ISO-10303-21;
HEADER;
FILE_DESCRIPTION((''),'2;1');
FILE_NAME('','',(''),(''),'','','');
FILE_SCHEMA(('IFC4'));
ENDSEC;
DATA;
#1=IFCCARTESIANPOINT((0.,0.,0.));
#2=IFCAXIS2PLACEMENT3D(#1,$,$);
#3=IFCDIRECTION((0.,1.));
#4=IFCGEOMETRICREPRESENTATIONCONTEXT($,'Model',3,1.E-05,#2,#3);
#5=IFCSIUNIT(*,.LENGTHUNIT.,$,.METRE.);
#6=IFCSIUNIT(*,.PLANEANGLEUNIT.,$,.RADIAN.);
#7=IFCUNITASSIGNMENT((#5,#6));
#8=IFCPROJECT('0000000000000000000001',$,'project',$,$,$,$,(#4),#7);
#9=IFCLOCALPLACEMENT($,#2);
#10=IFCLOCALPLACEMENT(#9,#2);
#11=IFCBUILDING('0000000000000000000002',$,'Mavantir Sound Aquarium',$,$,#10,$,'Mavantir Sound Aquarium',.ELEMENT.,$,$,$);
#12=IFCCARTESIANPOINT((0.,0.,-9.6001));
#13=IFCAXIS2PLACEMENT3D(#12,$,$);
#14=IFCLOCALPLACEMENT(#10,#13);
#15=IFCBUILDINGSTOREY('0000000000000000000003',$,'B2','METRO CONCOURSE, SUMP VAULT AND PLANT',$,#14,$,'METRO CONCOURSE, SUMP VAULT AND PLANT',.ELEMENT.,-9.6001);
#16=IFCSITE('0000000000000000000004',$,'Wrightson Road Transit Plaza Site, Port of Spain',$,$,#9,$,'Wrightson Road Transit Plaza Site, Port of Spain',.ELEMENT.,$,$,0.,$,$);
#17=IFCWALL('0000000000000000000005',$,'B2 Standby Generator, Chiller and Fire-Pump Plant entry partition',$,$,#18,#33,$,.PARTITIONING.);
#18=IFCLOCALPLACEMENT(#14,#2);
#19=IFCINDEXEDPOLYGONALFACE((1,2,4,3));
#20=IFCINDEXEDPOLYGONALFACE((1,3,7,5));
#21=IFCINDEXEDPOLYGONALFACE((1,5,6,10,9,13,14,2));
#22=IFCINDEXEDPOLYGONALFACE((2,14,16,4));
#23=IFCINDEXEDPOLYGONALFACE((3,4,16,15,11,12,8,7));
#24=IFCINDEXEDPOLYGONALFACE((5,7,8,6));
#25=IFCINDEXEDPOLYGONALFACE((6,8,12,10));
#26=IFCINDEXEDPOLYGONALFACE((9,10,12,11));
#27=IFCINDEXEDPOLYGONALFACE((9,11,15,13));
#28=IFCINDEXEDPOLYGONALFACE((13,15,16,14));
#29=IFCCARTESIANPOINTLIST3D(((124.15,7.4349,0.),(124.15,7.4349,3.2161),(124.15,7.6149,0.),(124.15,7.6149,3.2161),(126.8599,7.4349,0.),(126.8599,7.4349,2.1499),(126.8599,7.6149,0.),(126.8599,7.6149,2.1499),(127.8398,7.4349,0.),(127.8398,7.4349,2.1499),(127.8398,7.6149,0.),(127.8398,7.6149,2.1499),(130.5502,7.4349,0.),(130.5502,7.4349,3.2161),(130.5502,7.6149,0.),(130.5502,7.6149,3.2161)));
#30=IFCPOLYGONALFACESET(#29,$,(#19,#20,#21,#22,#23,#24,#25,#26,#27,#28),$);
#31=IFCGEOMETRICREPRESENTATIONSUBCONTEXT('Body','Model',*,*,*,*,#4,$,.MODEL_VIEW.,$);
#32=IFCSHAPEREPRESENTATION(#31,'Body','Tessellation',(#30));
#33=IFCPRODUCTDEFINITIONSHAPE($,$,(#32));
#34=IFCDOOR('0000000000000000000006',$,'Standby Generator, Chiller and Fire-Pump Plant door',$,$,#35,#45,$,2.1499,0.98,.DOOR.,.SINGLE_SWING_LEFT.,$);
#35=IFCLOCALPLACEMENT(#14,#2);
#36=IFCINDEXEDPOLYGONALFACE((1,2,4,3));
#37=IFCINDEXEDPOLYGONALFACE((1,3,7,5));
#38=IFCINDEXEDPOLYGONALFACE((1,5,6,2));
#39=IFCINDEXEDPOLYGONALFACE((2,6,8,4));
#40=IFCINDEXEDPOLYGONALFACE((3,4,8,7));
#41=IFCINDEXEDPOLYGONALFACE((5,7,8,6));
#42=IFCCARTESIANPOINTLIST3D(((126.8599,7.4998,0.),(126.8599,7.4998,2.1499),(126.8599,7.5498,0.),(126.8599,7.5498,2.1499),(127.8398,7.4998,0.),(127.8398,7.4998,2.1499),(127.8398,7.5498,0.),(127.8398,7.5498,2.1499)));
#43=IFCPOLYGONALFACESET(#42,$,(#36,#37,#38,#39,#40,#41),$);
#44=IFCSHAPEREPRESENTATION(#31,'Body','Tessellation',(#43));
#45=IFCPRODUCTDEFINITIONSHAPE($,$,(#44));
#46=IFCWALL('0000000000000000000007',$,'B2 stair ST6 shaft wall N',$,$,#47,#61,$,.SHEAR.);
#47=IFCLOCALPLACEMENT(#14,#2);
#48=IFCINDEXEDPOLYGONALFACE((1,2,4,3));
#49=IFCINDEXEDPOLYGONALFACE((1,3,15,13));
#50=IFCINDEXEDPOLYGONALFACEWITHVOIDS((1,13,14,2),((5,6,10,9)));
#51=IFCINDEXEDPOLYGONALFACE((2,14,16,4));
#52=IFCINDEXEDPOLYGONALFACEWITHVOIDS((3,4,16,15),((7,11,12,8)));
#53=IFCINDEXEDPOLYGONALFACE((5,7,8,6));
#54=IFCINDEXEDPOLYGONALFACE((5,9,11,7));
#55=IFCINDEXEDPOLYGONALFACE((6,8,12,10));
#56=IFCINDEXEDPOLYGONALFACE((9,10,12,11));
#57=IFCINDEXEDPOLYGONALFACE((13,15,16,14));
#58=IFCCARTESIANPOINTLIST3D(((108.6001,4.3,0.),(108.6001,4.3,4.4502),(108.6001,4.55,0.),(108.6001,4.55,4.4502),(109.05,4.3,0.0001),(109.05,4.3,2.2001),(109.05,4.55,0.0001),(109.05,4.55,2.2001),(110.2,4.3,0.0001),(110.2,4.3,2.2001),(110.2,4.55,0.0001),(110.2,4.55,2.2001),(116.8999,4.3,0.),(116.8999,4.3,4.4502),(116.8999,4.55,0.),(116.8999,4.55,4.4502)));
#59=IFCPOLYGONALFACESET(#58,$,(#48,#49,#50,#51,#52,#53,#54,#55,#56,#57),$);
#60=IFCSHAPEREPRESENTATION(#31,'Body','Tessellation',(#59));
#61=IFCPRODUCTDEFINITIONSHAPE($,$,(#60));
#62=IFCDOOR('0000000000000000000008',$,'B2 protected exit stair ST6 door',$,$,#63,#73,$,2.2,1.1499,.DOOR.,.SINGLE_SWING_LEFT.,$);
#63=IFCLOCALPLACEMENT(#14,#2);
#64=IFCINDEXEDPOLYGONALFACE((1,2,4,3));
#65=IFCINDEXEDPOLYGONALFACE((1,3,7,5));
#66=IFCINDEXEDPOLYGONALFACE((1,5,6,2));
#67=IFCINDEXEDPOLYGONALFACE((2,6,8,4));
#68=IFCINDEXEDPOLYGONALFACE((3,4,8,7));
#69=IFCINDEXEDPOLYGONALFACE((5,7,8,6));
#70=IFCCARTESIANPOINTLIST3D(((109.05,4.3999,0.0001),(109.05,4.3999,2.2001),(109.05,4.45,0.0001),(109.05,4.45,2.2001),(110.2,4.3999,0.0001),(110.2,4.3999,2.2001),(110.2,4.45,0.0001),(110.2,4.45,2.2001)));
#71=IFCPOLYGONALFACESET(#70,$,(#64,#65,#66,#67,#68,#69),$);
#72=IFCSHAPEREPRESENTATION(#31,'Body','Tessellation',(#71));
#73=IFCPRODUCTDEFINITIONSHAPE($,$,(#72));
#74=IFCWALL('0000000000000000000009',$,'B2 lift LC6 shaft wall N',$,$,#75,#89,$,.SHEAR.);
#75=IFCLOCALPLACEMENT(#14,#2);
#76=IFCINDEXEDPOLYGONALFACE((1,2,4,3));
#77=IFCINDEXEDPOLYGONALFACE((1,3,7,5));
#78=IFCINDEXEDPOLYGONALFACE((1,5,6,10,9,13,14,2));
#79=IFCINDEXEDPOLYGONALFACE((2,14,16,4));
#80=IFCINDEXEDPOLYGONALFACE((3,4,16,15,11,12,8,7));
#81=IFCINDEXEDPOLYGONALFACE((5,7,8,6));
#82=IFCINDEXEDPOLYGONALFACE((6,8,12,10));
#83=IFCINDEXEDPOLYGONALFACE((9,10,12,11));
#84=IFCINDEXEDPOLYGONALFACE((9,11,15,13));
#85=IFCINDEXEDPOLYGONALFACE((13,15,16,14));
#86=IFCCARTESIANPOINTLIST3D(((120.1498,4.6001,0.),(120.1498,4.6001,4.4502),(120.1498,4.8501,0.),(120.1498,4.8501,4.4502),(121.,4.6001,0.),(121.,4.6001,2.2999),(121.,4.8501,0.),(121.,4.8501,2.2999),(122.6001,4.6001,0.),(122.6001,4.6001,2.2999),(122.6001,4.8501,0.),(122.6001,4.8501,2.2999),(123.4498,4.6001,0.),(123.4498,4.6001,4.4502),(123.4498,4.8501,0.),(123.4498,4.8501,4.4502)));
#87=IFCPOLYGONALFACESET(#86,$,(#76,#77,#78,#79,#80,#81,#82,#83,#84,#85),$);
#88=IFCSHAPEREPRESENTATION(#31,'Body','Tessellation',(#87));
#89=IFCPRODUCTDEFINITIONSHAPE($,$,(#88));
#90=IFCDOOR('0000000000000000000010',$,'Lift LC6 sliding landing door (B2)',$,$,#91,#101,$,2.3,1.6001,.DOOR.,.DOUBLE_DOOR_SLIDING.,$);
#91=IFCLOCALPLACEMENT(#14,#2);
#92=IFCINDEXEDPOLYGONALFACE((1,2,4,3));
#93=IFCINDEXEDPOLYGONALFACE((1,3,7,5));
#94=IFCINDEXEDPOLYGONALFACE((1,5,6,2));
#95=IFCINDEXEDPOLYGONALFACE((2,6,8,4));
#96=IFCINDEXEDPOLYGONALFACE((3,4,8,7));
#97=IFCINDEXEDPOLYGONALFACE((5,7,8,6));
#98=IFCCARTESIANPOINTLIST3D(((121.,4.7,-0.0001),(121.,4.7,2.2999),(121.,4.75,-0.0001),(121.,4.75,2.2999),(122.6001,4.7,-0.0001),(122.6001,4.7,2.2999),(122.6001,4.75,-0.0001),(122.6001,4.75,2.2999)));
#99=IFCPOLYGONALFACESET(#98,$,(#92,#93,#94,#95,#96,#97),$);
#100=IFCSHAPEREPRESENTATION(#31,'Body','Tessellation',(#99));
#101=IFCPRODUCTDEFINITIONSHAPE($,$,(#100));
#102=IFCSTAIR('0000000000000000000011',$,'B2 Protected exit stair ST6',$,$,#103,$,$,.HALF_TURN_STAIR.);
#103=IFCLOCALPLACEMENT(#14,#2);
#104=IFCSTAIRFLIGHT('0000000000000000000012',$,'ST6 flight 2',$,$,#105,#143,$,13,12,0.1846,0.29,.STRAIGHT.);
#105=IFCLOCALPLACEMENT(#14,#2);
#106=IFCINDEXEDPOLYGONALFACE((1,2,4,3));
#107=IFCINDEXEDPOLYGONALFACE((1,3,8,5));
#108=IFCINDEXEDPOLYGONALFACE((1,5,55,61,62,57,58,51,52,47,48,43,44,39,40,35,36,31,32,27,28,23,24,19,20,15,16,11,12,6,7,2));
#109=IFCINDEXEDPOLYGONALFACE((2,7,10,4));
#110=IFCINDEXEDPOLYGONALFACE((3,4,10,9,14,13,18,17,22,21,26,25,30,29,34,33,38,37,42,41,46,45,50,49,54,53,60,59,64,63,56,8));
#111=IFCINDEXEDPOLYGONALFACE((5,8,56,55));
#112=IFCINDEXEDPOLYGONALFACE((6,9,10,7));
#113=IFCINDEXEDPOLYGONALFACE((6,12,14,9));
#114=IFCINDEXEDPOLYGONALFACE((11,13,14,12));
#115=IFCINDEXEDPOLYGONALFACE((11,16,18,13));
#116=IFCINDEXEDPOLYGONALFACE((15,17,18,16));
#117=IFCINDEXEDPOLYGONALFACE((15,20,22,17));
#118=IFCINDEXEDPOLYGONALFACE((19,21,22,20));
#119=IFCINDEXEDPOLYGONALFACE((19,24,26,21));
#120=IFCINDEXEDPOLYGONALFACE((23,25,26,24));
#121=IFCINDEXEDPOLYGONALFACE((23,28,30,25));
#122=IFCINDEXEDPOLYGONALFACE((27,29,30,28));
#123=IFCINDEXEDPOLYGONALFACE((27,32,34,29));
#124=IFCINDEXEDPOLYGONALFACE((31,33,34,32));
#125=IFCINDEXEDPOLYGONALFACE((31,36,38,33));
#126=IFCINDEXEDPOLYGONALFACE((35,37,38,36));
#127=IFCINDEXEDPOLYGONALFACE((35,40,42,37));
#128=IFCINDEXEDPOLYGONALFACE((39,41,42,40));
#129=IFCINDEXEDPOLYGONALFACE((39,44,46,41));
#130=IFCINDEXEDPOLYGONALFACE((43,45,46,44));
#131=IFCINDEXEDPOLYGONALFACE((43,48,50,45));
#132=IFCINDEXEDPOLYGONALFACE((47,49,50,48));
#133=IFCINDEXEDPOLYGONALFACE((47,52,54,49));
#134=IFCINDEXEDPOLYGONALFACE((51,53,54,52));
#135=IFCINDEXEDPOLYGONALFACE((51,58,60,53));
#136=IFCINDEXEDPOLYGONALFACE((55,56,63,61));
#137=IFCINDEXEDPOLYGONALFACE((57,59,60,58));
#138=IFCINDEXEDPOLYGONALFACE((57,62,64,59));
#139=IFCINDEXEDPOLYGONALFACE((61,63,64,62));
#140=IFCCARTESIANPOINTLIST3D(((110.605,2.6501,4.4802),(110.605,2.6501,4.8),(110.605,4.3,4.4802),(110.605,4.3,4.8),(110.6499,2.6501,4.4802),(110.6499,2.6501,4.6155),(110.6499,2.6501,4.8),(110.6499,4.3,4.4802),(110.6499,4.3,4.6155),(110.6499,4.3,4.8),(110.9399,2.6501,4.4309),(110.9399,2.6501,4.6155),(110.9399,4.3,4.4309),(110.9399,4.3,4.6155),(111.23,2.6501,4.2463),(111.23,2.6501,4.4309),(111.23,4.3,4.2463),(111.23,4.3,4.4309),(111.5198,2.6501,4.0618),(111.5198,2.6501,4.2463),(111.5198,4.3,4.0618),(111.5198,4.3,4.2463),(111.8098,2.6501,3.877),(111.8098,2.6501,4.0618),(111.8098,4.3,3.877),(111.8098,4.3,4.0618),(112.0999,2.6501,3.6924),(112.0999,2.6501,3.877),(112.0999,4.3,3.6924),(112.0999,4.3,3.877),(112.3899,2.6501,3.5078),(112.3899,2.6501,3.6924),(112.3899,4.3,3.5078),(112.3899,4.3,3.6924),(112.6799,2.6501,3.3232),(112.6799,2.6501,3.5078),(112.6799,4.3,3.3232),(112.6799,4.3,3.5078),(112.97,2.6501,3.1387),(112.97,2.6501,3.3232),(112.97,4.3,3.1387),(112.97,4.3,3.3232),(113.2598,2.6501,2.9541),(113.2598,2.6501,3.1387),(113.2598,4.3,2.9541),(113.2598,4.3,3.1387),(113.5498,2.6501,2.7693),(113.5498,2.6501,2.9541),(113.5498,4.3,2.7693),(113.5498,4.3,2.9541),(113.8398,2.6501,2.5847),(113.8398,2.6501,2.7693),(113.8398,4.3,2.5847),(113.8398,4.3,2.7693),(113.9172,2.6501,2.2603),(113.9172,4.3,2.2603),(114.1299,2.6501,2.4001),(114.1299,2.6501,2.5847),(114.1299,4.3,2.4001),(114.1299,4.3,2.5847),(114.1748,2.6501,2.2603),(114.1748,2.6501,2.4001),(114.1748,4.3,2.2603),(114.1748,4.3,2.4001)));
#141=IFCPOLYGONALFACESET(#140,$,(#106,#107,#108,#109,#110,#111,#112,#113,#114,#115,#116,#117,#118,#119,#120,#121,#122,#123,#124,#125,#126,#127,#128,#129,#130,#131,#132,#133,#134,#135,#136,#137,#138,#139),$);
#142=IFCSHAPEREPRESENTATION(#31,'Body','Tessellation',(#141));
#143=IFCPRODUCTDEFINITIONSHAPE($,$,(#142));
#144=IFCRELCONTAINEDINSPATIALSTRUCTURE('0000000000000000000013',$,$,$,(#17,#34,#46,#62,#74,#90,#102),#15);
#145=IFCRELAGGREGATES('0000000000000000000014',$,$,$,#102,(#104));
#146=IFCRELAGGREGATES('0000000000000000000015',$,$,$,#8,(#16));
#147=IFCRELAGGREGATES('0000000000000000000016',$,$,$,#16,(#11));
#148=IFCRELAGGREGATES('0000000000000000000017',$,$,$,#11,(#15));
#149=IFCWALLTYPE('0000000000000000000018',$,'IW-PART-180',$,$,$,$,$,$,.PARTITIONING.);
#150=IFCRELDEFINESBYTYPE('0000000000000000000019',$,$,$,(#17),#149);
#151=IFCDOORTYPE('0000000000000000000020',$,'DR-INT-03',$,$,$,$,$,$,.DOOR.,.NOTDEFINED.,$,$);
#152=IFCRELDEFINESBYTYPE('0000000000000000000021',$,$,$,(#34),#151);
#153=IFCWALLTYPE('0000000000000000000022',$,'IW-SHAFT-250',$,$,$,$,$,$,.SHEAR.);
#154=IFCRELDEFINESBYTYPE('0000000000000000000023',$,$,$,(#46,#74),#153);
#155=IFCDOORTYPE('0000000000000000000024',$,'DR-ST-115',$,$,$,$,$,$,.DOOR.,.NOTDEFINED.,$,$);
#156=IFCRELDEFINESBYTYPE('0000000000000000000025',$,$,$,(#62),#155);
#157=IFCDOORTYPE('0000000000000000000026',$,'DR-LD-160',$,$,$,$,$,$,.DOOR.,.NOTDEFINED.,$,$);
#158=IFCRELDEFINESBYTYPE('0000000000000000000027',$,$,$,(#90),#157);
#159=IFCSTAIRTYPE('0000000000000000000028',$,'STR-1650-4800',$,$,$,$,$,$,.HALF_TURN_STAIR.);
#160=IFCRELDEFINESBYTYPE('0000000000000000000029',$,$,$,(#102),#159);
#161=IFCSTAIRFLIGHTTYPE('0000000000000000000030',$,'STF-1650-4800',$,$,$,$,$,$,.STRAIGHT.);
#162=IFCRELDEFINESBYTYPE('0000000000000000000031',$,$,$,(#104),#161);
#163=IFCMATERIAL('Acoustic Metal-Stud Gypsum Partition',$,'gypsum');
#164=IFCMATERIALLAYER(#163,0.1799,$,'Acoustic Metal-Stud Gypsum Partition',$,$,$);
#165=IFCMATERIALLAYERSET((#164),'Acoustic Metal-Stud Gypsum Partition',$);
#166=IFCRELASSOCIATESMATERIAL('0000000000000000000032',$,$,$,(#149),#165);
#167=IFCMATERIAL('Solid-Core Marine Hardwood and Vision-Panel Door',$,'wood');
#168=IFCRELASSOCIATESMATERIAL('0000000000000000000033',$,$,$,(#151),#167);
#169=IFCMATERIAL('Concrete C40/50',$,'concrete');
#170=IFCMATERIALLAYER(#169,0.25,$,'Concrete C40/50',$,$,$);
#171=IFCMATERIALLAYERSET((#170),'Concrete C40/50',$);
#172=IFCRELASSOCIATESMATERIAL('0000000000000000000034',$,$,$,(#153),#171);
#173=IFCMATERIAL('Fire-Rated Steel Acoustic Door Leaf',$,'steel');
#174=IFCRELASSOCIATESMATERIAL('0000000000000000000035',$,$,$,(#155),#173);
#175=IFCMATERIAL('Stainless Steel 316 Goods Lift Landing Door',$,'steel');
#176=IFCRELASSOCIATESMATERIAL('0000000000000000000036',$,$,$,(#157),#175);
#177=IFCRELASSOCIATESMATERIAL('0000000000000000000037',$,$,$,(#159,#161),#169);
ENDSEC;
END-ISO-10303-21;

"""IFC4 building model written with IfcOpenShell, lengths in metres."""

from ifc_helpers import new_model, si_unit, direction, frame, frame_2d, origin, place, context, subcontext, project, spatial, polyline, rectangle, outline, extrude, material, layer, layer_set, type_object, element, fill, aggregate, save


model = new_model("IFC4")

# Units and contexts
model_context = context("Model", 3, precision=1e-05, world=origin(), true_north=direction((0.0, 1.0)))
body_context = subcontext(model_context, "Body", "Model", "MODEL_VIEW")
ifc_project = project(units=[si_unit("LENGTHUNIT", "METRE"), si_unit("PLANEANGLEUNIT", "RADIAN")], contexts=[model_context])

# Site, building, storey
site_placement = place(None, origin())
site = spatial("IfcSite", under=ifc_project, at=site_placement, Name="Wrightson Road Transit Plaza Site, Port of Spain", LongName="Wrightson Road Transit Plaza Site, Port of Spain", CompositionType="ELEMENT", RefElevation=0.0)
building_placement = place(site_placement, origin())
building = spatial("IfcBuilding", under=site, at=building_placement, Name="Mavantir Sound Aquarium", LongName="Mavantir Sound Aquarium", CompositionType="ELEMENT")
storey_placement = place(building_placement, frame((0.0, 0.0, -9.6001)))
storey = spatial("IfcBuildingStorey", under=building, at=storey_placement, Name="B2", Description="METRO CONCOURSE, SUMP VAULT AND PLANT", LongName="METRO CONCOURSE, SUMP VAULT AND PLANT", CompositionType="ELEMENT", Elevation=-9.6001)

# Shared definitions
ifc_material_1 = material(Name="Concrete C40/50", Category="concrete")

# Walls, openings, doors
ifc_material_2 = material(Name="Solid-Core Marine Hardwood and Vision-Panel Door", Category="wood")
ifc_material_3 = material(Name="Acoustic Metal-Stud Gypsum Partition", Category="gypsum")
ifc_layer_1 = layer(ifc_material_3, 0.1799, Name="Acoustic Metal-Stud Gypsum Partition")
ifc_layer_set_1 = layer_set([ifc_layer_1], Name="Acoustic Metal-Stud Gypsum Partition")
wall_type_1 = type_object("IfcWallType", Name="IW-PART-180", PredefinedType="PARTITIONING", material=ifc_layer_set_1)
wall_1_placement = place(storey_placement, frame((124.1499, 7.5249, 0.0), z_axis=(0.0, 0.0, 1.0), x_axis=(1.0, 0.0, 0.0)))
wall_1 = element("IfcWall", 1, at=wall_1_placement, inside=storey, type_object=wall_type_1, Name="B2 Standby Generator, Chiller and Fire-Pump Plant entry partition", PredefinedType="PARTITIONING", context=body_context, shape_type="SweptSolid", body=[
    extrude(rectangle(XDim=6.4001, YDim=0.1799, at=frame_2d((3.2002, 0.0))), origin(), (0.0, 0.0, 1.0), 3.2161),
])
opening_1_placement = place(wall_1_placement, frame((2.71, 0.0, 0.0)))
opening_1 = element("IfcOpeningElement", 2, at=opening_1_placement, cuts=wall_1, PredefinedType="OPENING", context=body_context, shape_type="SweptSolid", body=[
    extrude(rectangle(XDim=0.98, YDim=2.1499, at=frame_2d((0.49, 1.075))), frame((0.0, 0.1001, 0.0), z_axis=(0.0, -1.0, 0.0), x_axis=(1.0, 0.0, 0.0)), (0.0, 0.0, 1.0), 0.2),
])
door_type_1 = type_object("IfcDoorType", Name="DR-INT-03", OperationType="NOTDEFINED", PredefinedType="DOOR", material=ifc_material_2)
door_1_placement = place(opening_1_placement, origin())
door_1 = element("IfcDoor", 3, at=door_1_placement, inside=storey, type_object=door_type_1, Name="Standby Generator, Chiller and Fire-Pump Plant door", OperationType="SINGLE_SWING_LEFT", OverallHeight=2.1499, OverallWidth=0.98, PredefinedType="DOOR", context=body_context, shape_type="SweptSolid", body=[
    extrude(rectangle(XDim=0.98, YDim=2.1499, at=frame_2d((0.49, 1.075))), frame((0.0, 0.0249, 0.0), z_axis=(0.0, -1.0, 0.0), x_axis=(1.0, 0.0, 0.0)), (0.0, 0.0, 1.0), 0.05),
])
fill(opening_1, door_1)
ifc_layer_2 = layer(ifc_material_1, 0.25, Name="Concrete C40/50")
ifc_layer_set_2 = layer_set([ifc_layer_2], Name="Concrete C40/50")
wall_type_2 = type_object("IfcWallType", Name="IW-SHAFT-250", PredefinedType="SHEAR", material=ifc_layer_set_2)
wall_2_placement = place(storey_placement, frame((116.8999, 4.425, 0.0), z_axis=(0.0, 0.0, 1.0), x_axis=(-1.0, 0.0, 0.0)))
wall_2 = element("IfcWall", 4, at=wall_2_placement, inside=storey, type_object=wall_type_2, Name="B2 stair ST6 shaft wall N", PredefinedType="SHEAR", context=body_context, shape_type="SweptSolid", body=[
    extrude(rectangle(XDim=8.2998, YDim=0.25, at=frame_2d((4.1499, 0.0))), origin(), (0.0, 0.0, 1.0), 4.4502),
])
opening_2_placement = place(wall_2_placement, frame((7.8499, 0.0, 0.0), z_axis=(0.0, 0.0, 1.0), x_axis=(-1.0, 0.0, 0.0)))
opening_2 = element("IfcOpeningElement", 5, at=opening_2_placement, cuts=wall_2, PredefinedType="OPENING", context=body_context, shape_type="SweptSolid", body=[
    extrude(rectangle(XDim=1.1499, YDim=2.2, at=frame_2d((0.575, 1.1001))), frame((0.0, 0.135, 0.0), z_axis=(0.0, -1.0, 0.0), x_axis=(1.0, 0.0, 0.0)), (0.0, 0.0, 1.0), 0.27),
])
ifc_material_4 = material(Name="Fire-Rated Steel Acoustic Door Leaf", Category="steel")
door_type_2 = type_object("IfcDoorType", Name="DR-ST-115", OperationType="NOTDEFINED", PredefinedType="DOOR", material=ifc_material_4)
door_2_placement = place(opening_2_placement, origin())
door_2 = element("IfcDoor", 6, at=door_2_placement, inside=storey, type_object=door_type_2, Name="B2 protected exit stair ST6 door", OperationType="SINGLE_SWING_LEFT", OverallHeight=2.2, OverallWidth=1.1499, PredefinedType="DOOR", context=body_context, shape_type="SweptSolid", body=[
    extrude(rectangle(XDim=1.1499, YDim=2.2, at=frame_2d((0.575, 1.1001))), frame((0.0, 0.0249, 0.0), z_axis=(0.0, -1.0, 0.0), x_axis=(1.0, 0.0, 0.0)), (0.0, 0.0, 1.0), 0.05),
])
fill(opening_2, door_2)
wall_3_placement = place(storey_placement, frame((120.1499, 4.7251, 0.0), z_axis=(0.0, 0.0, 1.0), x_axis=(1.0, 0.0, 0.0)))
wall_3 = element("IfcWall", 7, at=wall_3_placement, inside=storey, type_object=wall_type_2, Name="B2 lift LC6 shaft wall N", PredefinedType="SHEAR", context=body_context, shape_type="SweptSolid", body=[
    extrude(rectangle(XDim=3.3, YDim=0.25, at=frame_2d((1.6499, 0.0))), origin(), (0.0, 0.0, 1.0), 4.4502),
])
opening_3_placement = place(wall_3_placement, frame((0.8501, 0.0, 0.0)))
opening_3 = element("IfcOpeningElement", 8, at=opening_3_placement, cuts=wall_3, PredefinedType="OPENING", context=body_context, shape_type="SweptSolid", body=[
    extrude(rectangle(XDim=1.6001, YDim=2.3, at=frame_2d((0.8, 1.1499))), frame((0.0, 0.135, 0.0), z_axis=(0.0, -1.0, 0.0), x_axis=(1.0, 0.0, 0.0)), (0.0, 0.0, 1.0), 0.27),
])
ifc_material_5 = material(Name="Stainless Steel 316 Goods Lift Landing Door", Category="steel")
door_type_3 = type_object("IfcDoorType", Name="DR-LD-160", OperationType="NOTDEFINED", PredefinedType="DOOR", material=ifc_material_5)
door_3_placement = place(opening_3_placement, origin())
door_3 = element("IfcDoor", 9, at=door_3_placement, inside=storey, type_object=door_type_3, Name="Lift LC6 sliding landing door (B2)", OperationType="DOUBLE_DOOR_SLIDING", OverallHeight=2.3, OverallWidth=1.6001, PredefinedType="DOOR", context=body_context, shape_type="SweptSolid", body=[
    extrude(rectangle(XDim=1.6001, YDim=2.3, at=frame_2d((0.8, 1.1499))), frame((0.0, 0.0249, 0.0), z_axis=(0.0, -1.0, 0.0), x_axis=(1.0, 0.0, 0.0)), (0.0, 0.0, 1.0), 0.05),
])
fill(opening_3, door_3)

# Stair, stair flight
stair_type = type_object("IfcStairType", Name="STR-1650-4800", PredefinedType="HALF_TURN_STAIR", material=ifc_material_1)
stair_placement = place(storey_placement, origin())
stair = element("IfcStair", 10, at=stair_placement, inside=storey, type_object=stair_type, Name="B2 Protected exit stair ST6", PredefinedType="HALF_TURN_STAIR")
stair_flight_type = type_object("IfcStairFlightType", Name="STF-1650-4800", PredefinedType="STRAIGHT", material=ifc_material_1)
stair_flight_placement = place(storey_placement, frame((114.1299, 3.4751, 2.4001), z_axis=(0.0, 0.0, 1.0), x_axis=(-1.0, 0.0, 0.0)))
stair_flight = element("IfcStairFlight", 11, at=stair_flight_placement, type_object=stair_flight_type, Name="ST6 flight 2", NumberOfRisers=13, NumberOfTreads=12, PredefinedType="STRAIGHT", RiserHeight=0.1846, TreadLength=0.29, context=body_context, shape_type="SweptSolid", body=[
    extrude(outline(polyline([(-0.0449, -0.1399), (-0.0449, 0.0), (0.0, 0.0), (0.0, 0.1846), (0.29, 0.1846), (0.29, 0.3691), (0.5801, 0.3691), (0.5801, 0.554), (0.8701, 0.554), (0.8701, 0.7385), (1.1599, 0.7385), (1.1599, 0.9231), (1.45, 0.9231), (1.45, 1.1077), (1.74, 1.1077), (1.74, 1.2922), (2.03, 1.2922), (2.03, 1.4768), (2.3201, 1.4768), (2.3201, 1.6616), (2.6101, 1.6616), (2.6101, 1.8462), (2.8999, 1.8462), (2.8999, 2.0308), (3.1899, 2.0308), (3.1899, 2.2153), (3.48, 2.2153), (3.48, 2.3999), (3.5249, 2.3999), (3.5249, 2.0801), (3.48, 2.0801), (0.2126, -0.1399), (-0.0449, -0.1399)])), frame((0.0, 0.825, 0.0), z_axis=(0.0, -1.0, 0.0), x_axis=(1.0, 0.0, 0.0)), (0.0, 0.0, 1.0), 1.6499),
])
aggregate(stair, [stair_flight])

save(model, "model.ifc")
